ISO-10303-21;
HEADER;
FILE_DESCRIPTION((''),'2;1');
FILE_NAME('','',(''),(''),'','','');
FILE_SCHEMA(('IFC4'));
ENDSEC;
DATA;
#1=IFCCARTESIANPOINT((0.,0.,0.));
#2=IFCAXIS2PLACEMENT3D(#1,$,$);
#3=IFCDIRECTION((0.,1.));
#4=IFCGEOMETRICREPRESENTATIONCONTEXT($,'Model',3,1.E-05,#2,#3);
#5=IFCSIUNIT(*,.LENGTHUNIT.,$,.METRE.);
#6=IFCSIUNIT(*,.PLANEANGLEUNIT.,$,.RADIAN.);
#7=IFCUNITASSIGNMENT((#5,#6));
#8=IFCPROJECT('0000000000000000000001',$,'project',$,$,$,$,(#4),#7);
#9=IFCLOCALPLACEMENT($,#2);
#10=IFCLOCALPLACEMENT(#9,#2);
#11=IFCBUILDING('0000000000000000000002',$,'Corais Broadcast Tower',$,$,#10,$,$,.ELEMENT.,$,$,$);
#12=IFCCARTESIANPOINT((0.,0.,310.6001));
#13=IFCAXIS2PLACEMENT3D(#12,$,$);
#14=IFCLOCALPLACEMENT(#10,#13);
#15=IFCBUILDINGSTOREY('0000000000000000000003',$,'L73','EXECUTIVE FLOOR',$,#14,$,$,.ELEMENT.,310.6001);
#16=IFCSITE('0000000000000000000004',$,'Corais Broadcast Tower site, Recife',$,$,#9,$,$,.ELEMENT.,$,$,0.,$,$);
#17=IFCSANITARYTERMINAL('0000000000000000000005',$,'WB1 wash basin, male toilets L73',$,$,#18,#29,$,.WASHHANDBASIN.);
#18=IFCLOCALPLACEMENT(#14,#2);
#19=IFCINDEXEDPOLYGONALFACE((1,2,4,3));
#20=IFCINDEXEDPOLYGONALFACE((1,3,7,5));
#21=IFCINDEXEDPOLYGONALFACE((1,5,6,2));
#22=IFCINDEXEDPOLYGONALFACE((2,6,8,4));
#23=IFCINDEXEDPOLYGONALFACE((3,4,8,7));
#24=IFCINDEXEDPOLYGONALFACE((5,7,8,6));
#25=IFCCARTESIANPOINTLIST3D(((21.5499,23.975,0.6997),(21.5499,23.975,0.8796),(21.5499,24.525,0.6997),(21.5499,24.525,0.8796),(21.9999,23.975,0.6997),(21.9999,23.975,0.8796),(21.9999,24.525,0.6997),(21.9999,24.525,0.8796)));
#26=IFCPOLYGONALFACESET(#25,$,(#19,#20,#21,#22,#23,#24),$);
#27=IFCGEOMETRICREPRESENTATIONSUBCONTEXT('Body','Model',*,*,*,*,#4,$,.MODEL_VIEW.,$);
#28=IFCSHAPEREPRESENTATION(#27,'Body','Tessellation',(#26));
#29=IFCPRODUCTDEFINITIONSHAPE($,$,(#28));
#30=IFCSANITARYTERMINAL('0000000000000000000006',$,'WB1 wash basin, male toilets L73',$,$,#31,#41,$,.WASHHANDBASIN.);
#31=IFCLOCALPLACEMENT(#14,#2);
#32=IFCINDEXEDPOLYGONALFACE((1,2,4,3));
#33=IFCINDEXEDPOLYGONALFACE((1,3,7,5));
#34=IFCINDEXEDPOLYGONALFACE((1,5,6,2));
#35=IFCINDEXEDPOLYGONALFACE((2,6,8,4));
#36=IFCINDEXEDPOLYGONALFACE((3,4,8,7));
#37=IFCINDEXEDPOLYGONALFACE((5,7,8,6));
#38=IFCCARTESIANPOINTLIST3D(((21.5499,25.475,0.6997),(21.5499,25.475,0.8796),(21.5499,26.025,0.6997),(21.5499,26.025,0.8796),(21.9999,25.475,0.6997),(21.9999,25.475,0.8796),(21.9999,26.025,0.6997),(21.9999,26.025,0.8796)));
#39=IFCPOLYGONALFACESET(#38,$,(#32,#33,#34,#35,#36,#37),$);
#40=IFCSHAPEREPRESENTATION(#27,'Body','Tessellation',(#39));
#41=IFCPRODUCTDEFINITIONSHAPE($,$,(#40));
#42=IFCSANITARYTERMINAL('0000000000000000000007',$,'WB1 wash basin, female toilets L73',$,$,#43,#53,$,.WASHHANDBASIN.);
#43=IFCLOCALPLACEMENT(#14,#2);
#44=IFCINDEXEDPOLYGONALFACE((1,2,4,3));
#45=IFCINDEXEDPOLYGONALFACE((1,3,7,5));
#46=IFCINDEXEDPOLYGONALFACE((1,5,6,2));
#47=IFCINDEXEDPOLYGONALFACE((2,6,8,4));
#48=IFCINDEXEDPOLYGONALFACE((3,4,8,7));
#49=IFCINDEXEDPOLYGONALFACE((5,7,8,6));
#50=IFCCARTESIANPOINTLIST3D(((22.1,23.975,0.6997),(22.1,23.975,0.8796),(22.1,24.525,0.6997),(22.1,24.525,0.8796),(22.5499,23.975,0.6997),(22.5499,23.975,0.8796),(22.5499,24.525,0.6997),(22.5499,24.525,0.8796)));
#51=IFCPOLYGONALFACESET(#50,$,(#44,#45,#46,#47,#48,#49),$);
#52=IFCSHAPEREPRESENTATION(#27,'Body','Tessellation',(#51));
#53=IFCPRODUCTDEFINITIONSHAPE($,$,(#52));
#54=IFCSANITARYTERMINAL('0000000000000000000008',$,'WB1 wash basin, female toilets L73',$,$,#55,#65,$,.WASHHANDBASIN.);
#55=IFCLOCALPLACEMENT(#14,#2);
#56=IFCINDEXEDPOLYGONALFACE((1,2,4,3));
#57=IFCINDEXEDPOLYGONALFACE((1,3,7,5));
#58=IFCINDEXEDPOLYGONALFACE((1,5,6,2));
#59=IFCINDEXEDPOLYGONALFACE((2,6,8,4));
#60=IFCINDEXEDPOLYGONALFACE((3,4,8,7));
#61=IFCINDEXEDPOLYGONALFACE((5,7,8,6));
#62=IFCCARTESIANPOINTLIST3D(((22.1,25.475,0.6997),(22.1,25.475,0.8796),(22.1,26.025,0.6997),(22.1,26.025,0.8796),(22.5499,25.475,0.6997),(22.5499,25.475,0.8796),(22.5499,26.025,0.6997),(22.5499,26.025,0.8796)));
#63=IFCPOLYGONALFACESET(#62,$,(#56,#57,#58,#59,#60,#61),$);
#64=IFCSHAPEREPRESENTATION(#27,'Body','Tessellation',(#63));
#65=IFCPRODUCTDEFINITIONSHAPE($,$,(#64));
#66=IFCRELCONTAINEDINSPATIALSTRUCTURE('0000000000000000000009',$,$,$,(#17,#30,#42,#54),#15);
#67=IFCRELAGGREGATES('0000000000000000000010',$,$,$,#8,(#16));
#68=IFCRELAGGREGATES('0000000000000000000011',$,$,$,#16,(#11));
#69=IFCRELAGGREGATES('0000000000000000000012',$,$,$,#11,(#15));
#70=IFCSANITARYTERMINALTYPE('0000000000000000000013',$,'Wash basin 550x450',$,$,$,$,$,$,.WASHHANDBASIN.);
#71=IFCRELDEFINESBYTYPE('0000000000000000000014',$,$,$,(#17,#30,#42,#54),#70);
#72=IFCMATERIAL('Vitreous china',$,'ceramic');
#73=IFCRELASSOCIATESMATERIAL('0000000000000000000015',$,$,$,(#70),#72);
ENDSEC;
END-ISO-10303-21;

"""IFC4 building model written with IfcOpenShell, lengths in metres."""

from ifc_helpers import new_model, si_unit, direction, frame, origin, origin_2d, place, context, subcontext, project, spatial, rectangle, extrude, material, type_object, element, save


model = new_model("IFC4")

# Units and contexts
model_context = context("Model", 3, precision=1e-05, world=origin(), true_north=direction((0.0, 1.0)))
body_context = subcontext(model_context, "Body", "Model", "MODEL_VIEW")
ifc_project = project(units=[si_unit("LENGTHUNIT", "METRE"), si_unit("PLANEANGLEUNIT", "RADIAN")], contexts=[model_context])

# Site, building, storey
site_placement = place(None, origin())
site = spatial("IfcSite", under=ifc_project, at=site_placement, Name="Corais Broadcast Tower site, Recife", CompositionType="ELEMENT", RefElevation=0.0)
building_placement = place(site_placement, origin())
building = spatial("IfcBuilding", under=site, at=building_placement, Name="Corais Broadcast Tower", CompositionType="ELEMENT")
storey_placement = place(building_placement, frame((0.0, 0.0, 310.6001)))
storey = spatial("IfcBuildingStorey", under=building, at=storey_placement, Name="L73", Description="EXECUTIVE FLOOR", CompositionType="ELEMENT", Elevation=310.6001)

# Sanitary terminals
ifc_material_1 = material(Name="Vitreous china", Category="ceramic")
sanitary_terminal_type_1 = type_object("IfcSanitaryTerminalType", Name="Wash basin 550x450", PredefinedType="WASHHANDBASIN", material=ifc_material_1)
for number, where, z_axis, x_axis, name in (
    (1, (21.7749, 24.25, 0.6997), (0.0, 0.0, 1.0), (1.0, 0.0, 0.0), "WB1 wash basin, male toilets L73"),
    (2, (21.7749, 25.75, 0.6997), (0.0, 0.0, 1.0), (1.0, 0.0, 0.0), "WB1 wash basin, male toilets L73"),
    (3, (22.325, 24.25, 0.6997), (0.0, 0.0, 1.0), (1.0, 0.0, 0.0), "WB1 wash basin, female toilets L73"),
    (4, (22.325, 25.75, 0.6997), (0.0, 0.0, 1.0), (1.0, 0.0, 0.0), "WB1 wash basin, female toilets L73"),
):
    element("IfcSanitaryTerminal", number, at=place(storey_placement, frame(where, z_axis=z_axis, x_axis=x_axis)), inside=storey, type_object=sanitary_terminal_type_1, Name=name, PredefinedType="WASHHANDBASIN", context=body_context, shape_type="SweptSolid", body=[
        extrude(rectangle(XDim=0.45, YDim=0.55, at=origin_2d()), origin(), (0.0, 0.0, 1.0), 0.1799),
    ])

save(model, "model.ifc")
